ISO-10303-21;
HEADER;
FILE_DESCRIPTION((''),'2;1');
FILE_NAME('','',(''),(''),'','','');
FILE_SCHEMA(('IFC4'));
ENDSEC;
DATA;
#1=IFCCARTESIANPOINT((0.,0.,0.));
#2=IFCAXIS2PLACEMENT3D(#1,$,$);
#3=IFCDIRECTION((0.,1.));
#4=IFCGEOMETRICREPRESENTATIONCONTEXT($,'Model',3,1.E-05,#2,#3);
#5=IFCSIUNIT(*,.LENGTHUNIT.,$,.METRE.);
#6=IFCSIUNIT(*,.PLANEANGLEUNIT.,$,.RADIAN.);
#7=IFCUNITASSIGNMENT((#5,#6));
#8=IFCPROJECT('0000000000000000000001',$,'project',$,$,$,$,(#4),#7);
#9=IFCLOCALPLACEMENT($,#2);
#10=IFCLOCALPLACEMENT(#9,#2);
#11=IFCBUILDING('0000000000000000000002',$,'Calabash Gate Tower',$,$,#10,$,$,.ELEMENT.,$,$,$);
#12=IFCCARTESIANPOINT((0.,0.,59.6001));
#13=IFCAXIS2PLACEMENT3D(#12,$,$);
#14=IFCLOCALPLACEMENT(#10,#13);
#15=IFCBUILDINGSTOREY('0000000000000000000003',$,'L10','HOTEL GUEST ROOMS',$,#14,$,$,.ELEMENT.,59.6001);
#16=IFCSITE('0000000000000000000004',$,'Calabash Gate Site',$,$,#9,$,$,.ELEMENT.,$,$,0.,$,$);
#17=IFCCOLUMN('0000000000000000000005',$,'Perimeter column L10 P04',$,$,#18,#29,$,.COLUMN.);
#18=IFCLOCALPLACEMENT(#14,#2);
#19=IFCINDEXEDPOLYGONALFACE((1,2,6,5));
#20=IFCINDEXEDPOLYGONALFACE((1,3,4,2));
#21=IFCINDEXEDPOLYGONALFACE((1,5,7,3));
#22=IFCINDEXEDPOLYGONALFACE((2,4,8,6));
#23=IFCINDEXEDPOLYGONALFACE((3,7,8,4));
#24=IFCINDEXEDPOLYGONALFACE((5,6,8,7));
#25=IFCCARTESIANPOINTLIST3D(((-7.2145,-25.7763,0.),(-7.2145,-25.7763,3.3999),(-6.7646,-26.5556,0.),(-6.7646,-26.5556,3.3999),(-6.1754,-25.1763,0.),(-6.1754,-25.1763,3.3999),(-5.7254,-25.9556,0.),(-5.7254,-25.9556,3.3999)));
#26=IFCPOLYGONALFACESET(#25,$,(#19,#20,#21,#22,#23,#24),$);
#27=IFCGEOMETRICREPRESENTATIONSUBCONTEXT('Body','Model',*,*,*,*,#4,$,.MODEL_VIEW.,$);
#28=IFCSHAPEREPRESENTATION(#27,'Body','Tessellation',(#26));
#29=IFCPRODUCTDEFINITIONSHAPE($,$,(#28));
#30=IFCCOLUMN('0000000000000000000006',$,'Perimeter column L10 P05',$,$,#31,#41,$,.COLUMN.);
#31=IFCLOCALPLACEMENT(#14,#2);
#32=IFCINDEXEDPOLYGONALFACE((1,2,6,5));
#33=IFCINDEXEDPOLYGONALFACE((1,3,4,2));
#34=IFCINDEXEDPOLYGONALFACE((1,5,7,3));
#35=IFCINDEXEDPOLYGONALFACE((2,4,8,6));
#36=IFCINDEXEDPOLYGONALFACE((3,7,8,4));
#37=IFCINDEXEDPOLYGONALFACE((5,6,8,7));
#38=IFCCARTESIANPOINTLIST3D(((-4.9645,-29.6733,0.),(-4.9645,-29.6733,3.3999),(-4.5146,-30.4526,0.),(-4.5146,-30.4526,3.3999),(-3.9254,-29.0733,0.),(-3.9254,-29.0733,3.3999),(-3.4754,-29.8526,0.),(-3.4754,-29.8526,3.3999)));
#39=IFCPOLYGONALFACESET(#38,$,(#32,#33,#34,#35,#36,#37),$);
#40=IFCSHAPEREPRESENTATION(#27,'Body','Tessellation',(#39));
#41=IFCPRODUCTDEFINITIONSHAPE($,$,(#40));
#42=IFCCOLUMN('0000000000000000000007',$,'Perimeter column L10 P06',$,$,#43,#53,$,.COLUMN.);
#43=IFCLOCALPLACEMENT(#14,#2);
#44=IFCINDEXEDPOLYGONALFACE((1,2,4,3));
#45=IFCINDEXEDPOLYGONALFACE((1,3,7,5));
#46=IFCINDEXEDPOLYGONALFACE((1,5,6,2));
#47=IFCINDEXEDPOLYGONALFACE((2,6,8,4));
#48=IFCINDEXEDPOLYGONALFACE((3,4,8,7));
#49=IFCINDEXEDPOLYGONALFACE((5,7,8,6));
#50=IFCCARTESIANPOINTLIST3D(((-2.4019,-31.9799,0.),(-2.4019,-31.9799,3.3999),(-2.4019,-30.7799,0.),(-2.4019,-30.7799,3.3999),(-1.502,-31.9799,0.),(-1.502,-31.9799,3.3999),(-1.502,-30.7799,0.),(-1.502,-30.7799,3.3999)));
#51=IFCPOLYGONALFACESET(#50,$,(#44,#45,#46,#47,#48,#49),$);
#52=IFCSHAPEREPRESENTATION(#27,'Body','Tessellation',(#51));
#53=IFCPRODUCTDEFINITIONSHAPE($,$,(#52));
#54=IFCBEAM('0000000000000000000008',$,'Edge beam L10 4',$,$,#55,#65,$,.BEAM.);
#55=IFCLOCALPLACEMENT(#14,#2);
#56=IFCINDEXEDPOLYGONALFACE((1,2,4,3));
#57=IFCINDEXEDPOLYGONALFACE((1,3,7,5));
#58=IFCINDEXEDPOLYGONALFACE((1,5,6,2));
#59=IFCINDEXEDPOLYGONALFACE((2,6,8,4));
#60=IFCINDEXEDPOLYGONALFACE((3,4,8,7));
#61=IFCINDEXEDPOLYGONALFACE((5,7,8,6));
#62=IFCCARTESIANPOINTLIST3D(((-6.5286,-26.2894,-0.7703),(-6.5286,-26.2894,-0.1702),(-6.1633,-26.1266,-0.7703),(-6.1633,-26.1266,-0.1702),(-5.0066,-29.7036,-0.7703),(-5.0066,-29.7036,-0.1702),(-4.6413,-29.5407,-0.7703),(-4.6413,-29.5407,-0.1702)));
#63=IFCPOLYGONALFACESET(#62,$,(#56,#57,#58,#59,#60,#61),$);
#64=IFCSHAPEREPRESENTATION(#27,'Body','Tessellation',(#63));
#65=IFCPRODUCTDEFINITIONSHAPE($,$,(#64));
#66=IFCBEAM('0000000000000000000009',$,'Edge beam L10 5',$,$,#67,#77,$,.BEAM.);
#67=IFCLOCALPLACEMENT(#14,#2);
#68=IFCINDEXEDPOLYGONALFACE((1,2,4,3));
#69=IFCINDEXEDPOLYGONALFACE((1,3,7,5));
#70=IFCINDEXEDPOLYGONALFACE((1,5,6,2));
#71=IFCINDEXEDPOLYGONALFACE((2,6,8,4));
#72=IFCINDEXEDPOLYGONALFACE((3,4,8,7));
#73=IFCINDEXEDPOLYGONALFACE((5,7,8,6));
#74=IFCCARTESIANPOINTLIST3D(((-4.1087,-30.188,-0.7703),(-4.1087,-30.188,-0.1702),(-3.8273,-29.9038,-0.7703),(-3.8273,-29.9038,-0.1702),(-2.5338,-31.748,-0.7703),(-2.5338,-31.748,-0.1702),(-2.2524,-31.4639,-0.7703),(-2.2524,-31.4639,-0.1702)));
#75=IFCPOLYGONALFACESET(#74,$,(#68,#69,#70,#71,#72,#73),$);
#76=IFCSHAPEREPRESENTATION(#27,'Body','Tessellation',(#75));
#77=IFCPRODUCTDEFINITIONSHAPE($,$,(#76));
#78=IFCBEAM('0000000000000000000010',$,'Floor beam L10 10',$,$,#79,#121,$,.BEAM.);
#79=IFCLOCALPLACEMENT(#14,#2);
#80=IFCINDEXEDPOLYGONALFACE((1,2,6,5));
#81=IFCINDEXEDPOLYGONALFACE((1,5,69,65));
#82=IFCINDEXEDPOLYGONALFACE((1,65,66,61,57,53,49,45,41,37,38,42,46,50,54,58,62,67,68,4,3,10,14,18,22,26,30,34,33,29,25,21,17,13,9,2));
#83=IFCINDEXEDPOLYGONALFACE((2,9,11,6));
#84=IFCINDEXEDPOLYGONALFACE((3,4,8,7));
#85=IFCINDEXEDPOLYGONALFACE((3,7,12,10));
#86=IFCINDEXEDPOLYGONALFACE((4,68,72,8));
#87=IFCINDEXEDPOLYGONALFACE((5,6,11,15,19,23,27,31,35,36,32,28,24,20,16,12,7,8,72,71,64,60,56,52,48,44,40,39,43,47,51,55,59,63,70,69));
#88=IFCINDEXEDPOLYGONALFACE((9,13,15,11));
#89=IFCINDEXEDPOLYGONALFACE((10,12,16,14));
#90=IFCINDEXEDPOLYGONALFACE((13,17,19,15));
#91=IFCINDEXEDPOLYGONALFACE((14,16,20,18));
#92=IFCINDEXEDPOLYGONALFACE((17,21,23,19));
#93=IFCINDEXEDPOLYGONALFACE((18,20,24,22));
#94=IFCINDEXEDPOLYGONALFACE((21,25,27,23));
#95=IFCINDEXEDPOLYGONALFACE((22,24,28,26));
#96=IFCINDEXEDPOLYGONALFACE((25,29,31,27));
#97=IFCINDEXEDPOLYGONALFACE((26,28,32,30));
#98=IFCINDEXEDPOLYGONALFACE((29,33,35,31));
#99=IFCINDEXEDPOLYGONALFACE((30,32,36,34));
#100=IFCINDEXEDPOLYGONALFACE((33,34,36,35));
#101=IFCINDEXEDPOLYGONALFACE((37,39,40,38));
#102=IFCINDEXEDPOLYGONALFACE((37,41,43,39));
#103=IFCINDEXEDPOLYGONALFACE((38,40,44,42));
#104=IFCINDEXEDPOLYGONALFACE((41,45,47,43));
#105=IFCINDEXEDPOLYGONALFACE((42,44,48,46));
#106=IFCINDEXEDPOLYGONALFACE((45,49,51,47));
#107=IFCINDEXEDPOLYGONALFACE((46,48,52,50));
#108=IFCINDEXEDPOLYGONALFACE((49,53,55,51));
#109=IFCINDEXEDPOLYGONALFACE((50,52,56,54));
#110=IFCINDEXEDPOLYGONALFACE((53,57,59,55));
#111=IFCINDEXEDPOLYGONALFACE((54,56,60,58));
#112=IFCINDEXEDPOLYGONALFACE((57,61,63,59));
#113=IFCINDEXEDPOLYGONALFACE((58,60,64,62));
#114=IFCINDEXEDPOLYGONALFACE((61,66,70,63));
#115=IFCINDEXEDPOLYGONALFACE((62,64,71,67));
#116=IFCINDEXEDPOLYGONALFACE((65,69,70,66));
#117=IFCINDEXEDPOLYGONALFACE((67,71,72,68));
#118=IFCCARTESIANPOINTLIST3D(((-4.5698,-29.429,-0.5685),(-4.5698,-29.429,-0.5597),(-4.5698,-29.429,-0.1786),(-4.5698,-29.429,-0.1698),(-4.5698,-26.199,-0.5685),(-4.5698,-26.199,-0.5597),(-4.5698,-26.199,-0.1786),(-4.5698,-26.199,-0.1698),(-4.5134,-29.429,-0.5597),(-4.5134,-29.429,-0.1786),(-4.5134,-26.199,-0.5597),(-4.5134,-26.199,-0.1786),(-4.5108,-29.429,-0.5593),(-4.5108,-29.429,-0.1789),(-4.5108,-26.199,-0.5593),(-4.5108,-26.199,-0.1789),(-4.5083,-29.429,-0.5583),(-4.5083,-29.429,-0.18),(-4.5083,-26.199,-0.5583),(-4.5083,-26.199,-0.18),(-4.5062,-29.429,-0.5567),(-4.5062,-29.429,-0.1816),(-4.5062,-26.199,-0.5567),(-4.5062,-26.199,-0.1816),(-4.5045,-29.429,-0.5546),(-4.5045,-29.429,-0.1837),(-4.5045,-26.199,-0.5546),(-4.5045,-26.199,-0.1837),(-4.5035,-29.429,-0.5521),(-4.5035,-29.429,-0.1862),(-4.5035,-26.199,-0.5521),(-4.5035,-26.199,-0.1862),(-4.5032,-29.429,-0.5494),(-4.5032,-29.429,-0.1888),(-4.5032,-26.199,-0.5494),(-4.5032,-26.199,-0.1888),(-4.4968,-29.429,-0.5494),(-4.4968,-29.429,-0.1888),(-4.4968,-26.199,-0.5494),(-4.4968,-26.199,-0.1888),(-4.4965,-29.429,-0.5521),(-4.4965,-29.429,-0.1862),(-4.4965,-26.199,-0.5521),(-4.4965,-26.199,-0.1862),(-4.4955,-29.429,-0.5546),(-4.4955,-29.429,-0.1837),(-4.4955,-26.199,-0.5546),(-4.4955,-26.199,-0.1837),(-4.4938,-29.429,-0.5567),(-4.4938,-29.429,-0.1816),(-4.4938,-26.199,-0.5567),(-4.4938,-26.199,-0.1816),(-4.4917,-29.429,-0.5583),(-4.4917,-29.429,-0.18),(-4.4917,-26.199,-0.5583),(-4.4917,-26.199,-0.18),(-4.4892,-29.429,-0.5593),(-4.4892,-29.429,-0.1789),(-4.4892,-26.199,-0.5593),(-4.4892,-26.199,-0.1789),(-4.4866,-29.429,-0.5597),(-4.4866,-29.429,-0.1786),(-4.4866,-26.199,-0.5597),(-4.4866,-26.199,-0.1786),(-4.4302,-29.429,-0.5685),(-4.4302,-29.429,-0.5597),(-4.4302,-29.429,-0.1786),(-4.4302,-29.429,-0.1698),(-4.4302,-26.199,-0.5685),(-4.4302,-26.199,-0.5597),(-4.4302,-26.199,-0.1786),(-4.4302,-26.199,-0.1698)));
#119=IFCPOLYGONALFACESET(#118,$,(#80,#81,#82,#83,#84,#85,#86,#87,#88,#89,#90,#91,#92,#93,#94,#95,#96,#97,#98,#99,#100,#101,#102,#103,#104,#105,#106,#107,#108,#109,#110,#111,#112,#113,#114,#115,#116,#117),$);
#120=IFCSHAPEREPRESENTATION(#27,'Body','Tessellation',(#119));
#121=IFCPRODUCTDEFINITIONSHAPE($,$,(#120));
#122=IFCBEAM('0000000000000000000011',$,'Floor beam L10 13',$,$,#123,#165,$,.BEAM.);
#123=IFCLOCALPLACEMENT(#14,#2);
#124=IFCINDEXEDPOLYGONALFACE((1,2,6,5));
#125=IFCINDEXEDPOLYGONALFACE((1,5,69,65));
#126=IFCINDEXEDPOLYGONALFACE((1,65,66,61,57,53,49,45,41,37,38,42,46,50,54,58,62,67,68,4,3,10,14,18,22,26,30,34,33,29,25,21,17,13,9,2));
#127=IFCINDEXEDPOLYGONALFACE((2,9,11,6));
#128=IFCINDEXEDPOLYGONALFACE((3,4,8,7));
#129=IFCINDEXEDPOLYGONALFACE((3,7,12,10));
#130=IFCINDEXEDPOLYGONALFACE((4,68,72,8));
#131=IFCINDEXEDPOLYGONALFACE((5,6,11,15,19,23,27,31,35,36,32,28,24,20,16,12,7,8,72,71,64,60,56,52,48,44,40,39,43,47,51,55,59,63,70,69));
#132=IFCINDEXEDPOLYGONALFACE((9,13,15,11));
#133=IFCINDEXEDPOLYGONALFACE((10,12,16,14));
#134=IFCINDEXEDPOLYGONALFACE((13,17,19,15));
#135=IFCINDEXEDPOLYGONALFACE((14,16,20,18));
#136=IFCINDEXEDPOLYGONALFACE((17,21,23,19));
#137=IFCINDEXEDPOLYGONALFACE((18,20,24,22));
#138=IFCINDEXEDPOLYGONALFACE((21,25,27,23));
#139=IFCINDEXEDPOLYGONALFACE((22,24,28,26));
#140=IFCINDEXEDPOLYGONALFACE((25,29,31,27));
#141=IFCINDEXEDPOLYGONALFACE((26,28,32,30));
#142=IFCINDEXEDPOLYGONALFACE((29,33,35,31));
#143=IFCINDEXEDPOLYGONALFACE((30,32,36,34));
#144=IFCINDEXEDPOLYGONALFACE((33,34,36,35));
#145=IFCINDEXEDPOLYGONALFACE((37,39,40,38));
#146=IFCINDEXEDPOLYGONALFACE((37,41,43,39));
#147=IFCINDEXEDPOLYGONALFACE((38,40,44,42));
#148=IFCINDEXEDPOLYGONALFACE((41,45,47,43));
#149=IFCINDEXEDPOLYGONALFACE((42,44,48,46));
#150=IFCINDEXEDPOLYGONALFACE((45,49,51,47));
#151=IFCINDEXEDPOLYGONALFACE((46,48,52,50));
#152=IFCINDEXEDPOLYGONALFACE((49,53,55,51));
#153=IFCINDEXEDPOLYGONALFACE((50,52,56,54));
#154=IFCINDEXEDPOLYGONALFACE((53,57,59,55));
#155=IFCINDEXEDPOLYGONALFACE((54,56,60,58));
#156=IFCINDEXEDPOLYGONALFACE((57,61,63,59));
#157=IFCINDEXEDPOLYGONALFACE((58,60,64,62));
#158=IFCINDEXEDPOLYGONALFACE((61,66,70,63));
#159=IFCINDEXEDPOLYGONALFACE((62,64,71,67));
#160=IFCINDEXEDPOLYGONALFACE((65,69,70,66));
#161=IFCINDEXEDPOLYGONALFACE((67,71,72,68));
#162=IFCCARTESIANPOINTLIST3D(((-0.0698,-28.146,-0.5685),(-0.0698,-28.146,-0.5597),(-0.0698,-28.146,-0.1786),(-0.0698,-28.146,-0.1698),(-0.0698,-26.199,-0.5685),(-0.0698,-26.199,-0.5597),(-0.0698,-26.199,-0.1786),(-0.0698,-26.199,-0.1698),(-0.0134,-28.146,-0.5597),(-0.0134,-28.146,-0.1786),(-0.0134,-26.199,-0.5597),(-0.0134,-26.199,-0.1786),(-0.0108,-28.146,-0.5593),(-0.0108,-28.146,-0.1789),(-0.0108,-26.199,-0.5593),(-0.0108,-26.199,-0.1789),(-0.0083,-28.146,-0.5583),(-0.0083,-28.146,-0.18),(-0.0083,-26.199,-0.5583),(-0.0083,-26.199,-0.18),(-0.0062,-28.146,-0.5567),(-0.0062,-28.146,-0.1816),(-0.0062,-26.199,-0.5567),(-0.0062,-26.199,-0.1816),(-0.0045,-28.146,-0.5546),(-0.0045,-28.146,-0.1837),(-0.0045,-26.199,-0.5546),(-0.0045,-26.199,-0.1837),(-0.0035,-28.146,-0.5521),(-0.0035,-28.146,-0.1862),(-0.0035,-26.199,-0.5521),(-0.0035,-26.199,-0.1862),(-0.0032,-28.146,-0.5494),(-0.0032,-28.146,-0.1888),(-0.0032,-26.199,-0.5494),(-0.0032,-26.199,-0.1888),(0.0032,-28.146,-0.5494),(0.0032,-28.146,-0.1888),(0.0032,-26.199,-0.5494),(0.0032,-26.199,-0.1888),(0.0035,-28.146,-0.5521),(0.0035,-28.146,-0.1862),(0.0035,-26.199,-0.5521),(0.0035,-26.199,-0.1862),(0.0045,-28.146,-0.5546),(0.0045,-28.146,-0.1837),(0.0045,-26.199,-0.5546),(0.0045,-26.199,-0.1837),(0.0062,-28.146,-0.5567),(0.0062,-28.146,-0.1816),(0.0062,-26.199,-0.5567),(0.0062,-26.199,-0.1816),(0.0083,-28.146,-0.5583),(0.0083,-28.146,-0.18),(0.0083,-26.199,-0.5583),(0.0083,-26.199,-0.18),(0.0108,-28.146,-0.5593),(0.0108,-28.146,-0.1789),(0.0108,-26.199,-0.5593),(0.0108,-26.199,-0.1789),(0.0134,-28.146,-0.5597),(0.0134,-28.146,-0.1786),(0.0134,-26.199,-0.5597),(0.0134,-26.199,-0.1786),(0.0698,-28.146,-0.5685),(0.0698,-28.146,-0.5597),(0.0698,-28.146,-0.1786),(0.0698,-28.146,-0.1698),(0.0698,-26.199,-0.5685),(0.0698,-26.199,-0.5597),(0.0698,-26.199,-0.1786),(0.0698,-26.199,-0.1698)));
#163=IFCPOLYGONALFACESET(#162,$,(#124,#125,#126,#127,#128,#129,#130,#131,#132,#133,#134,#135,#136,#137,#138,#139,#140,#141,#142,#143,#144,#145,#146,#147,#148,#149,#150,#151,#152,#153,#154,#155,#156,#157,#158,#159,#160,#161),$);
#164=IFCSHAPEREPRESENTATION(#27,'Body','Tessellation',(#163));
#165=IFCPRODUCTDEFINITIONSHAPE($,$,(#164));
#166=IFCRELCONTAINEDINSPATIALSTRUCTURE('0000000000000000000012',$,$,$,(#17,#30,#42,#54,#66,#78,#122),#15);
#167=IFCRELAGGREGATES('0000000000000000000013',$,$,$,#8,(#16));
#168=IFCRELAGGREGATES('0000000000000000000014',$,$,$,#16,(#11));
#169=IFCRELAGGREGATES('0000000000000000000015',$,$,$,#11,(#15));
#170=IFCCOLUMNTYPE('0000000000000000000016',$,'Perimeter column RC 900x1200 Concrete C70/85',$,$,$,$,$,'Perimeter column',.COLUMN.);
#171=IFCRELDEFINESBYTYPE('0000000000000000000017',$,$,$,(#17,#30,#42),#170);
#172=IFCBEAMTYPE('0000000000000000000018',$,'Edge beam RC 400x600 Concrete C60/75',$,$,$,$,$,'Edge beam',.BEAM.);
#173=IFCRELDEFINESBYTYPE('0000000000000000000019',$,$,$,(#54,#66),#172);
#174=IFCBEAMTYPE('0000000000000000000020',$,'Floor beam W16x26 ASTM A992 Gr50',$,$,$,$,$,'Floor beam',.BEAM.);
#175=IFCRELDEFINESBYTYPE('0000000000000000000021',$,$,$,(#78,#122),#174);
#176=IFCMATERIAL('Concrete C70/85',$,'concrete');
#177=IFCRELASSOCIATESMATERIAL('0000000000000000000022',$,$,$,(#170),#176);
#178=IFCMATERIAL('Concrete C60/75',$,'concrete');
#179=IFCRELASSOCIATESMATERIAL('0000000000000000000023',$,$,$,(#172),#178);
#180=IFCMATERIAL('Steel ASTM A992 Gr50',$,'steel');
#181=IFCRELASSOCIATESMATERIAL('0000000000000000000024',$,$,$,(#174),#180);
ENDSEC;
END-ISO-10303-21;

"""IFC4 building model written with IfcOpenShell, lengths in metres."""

from ifc_helpers import new_model, si_unit, direction, frame, origin, origin_2d, place, context, subcontext, project, spatial, rectangle, i_section, extrude, material, material_profile, profile_set, type_object, element, save


model = new_model("IFC4")

# Units and contexts
model_context = context("Model", 3, precision=1e-05, world=origin(), true_north=direction((0.0, 1.0)))
body_context = subcontext(model_context, "Body", "Model", "MODEL_VIEW")
ifc_project = project(units=[si_unit("LENGTHUNIT", "METRE"), si_unit("PLANEANGLEUNIT", "RADIAN")], contexts=[model_context])

# Site, building, storey
site_placement = place(None, origin())
site = spatial("IfcSite", under=ifc_project, at=site_placement, Name="Calabash Gate Site", CompositionType="ELEMENT", RefElevation=0.0)
building_placement = place(site_placement, origin())
building = spatial("IfcBuilding", under=site, at=building_placement, Name="Calabash Gate Tower", CompositionType="ELEMENT")
storey_placement = place(building_placement, frame((0.0, 0.0, 59.6001)))
storey = spatial("IfcBuildingStorey", under=building, at=storey_placement, Name="L10", Description="HOTEL GUEST ROOMS", CompositionType="ELEMENT", Elevation=59.6001)

# Columns
ifc_material_1 = material(Name="Concrete C70/85", Category="concrete")
ifc_material_profile_1 = material_profile(ifc_material_1, rectangle(XDim=0.8999, YDim=1.2, at=origin_2d()))
ifc_profile_set_1 = profile_set([ifc_material_profile_1], Name="Concrete C70/85")
column_type = type_object("IfcColumnType", Name="Perimeter column RC 900x1200 Concrete C70/85", ElementType="Perimeter column", PredefinedType="COLUMN", material=ifc_profile_set_1)
for number, where, z_axis, x_axis, name in (
    (1, (-6.47, -25.866, 0.0), (0.0, 0.0, 1.0), (0.5, -0.866025, 0.0), "Perimeter column L10 P04"),
    (2, (-4.22, -29.7629, 0.0), (0.0, 0.0, 1.0), (0.5, -0.866025, 0.0), "Perimeter column L10 P05"),
    (3, (-1.9519, -31.3799, 0.0), (0.0, 0.0, 1.0), (1.0, 0.0, 0.0), "Perimeter column L10 P06"),
):
    element("IfcColumn", number, at=place(storey_placement, frame(where, z_axis=z_axis, x_axis=x_axis)), inside=storey, type_object=column_type, Name=name, PredefinedType="COLUMN", context=body_context, shape_type="SweptSolid", body=[
        extrude(rectangle(XDim=0.8999, YDim=1.2, at=origin_2d()), origin(), (0.0, 0.0, 1.0), 3.3999),
    ])

# Beams
ifc_material_2 = material(Name="Concrete C60/75", Category="concrete")
ifc_material_profile_2 = material_profile(ifc_material_2, rectangle(XDim=0.3999, YDim=0.6001, at=origin_2d()))
ifc_profile_set_2 = profile_set([ifc_material_profile_2], Name="Concrete C60/75")
beam_type_1 = type_object("IfcBeamType", Name="Edge beam RC 400x600 Concrete C60/75", ElementType="Edge beam", PredefinedType="BEAM", material=ifc_profile_set_2)
beam_1_placement = place(storey_placement, frame((-6.3459, -26.208, -0.4702), z_axis=(0.407168, -0.913353, 0.0), x_axis=(0.913353, 0.407168, 0.0)))
element("IfcBeam", 4, at=beam_1_placement, inside=storey, type_object=beam_type_1, Name="Edge beam L10 4", PredefinedType="BEAM", context=body_context, shape_type="SweptSolid", body=[
    extrude(rectangle(XDim=0.3999, YDim=0.6001, at=origin_2d()), origin(), (0.0, 0.0, 1.0), 3.738),
])
beam_2_placement = place(storey_placement, frame((-3.968, -30.0459, -0.4702), z_axis=(0.710458, -0.70374, 0.0), x_axis=(0.70374, 0.710458, 0.0)))
element("IfcBeam", 5, at=beam_2_placement, inside=storey, type_object=beam_type_1, Name="Edge beam L10 5", PredefinedType="BEAM", context=body_context, shape_type="SweptSolid", body=[
    extrude(rectangle(XDim=0.3999, YDim=0.6001, at=origin_2d()), origin(), (0.0, 0.0, 1.0), 2.2168),
])
ifc_material_3 = material(Name="Steel ASTM A992 Gr50", Category="steel")
ifc_material_profile_3 = material_profile(ifc_material_3, i_section(OverallWidth=0.1396, OverallDepth=0.3987, WebThickness=0.0063, FlangeThickness=0.0088, FilletRadius=0.0103, at=origin_2d()))
ifc_profile_set_3 = profile_set([ifc_material_profile_3], Name="Steel ASTM A992 Gr50")
beam_type_2 = type_object("IfcBeamType", Name="Floor beam W16x26 ASTM A992 Gr50", ElementType="Floor beam", PredefinedType="BEAM", material=ifc_profile_set_3)
beam_3_placement = place(storey_placement, frame((-4.5, -29.429, -0.3691), z_axis=(0.0, 1.0, 0.0), x_axis=(-1.0, 0.0, 0.0)))
element("IfcBeam", 6, at=beam_3_placement, inside=storey, type_object=beam_type_2, Name="Floor beam L10 10", PredefinedType="BEAM", context=body_context, shape_type="SweptSolid", body=[
    extrude(i_section(OverallWidth=0.1396, OverallDepth=0.3987, WebThickness=0.0063, FlangeThickness=0.0088, FilletRadius=0.0103, at=origin_2d()), origin(), (0.0, 0.0, 1.0), 3.23),
])
beam_4_placement = place(storey_placement, frame((0.0, -28.146, -0.3691), z_axis=(0.0, 1.0, 0.0), x_axis=(-1.0, 0.0, 0.0)))
element("IfcBeam", 7, at=beam_4_placement, inside=storey, type_object=beam_type_2, Name="Floor beam L10 13", PredefinedType="BEAM", context=body_context, shape_type="SweptSolid", body=[
    extrude(i_section(OverallWidth=0.1396, OverallDepth=0.3987, WebThickness=0.0063, FlangeThickness=0.0088, FilletRadius=0.0103, at=origin_2d()), origin(), (0.0, 0.0, 1.0), 1.947),
])

save(model, "model.ifc")
